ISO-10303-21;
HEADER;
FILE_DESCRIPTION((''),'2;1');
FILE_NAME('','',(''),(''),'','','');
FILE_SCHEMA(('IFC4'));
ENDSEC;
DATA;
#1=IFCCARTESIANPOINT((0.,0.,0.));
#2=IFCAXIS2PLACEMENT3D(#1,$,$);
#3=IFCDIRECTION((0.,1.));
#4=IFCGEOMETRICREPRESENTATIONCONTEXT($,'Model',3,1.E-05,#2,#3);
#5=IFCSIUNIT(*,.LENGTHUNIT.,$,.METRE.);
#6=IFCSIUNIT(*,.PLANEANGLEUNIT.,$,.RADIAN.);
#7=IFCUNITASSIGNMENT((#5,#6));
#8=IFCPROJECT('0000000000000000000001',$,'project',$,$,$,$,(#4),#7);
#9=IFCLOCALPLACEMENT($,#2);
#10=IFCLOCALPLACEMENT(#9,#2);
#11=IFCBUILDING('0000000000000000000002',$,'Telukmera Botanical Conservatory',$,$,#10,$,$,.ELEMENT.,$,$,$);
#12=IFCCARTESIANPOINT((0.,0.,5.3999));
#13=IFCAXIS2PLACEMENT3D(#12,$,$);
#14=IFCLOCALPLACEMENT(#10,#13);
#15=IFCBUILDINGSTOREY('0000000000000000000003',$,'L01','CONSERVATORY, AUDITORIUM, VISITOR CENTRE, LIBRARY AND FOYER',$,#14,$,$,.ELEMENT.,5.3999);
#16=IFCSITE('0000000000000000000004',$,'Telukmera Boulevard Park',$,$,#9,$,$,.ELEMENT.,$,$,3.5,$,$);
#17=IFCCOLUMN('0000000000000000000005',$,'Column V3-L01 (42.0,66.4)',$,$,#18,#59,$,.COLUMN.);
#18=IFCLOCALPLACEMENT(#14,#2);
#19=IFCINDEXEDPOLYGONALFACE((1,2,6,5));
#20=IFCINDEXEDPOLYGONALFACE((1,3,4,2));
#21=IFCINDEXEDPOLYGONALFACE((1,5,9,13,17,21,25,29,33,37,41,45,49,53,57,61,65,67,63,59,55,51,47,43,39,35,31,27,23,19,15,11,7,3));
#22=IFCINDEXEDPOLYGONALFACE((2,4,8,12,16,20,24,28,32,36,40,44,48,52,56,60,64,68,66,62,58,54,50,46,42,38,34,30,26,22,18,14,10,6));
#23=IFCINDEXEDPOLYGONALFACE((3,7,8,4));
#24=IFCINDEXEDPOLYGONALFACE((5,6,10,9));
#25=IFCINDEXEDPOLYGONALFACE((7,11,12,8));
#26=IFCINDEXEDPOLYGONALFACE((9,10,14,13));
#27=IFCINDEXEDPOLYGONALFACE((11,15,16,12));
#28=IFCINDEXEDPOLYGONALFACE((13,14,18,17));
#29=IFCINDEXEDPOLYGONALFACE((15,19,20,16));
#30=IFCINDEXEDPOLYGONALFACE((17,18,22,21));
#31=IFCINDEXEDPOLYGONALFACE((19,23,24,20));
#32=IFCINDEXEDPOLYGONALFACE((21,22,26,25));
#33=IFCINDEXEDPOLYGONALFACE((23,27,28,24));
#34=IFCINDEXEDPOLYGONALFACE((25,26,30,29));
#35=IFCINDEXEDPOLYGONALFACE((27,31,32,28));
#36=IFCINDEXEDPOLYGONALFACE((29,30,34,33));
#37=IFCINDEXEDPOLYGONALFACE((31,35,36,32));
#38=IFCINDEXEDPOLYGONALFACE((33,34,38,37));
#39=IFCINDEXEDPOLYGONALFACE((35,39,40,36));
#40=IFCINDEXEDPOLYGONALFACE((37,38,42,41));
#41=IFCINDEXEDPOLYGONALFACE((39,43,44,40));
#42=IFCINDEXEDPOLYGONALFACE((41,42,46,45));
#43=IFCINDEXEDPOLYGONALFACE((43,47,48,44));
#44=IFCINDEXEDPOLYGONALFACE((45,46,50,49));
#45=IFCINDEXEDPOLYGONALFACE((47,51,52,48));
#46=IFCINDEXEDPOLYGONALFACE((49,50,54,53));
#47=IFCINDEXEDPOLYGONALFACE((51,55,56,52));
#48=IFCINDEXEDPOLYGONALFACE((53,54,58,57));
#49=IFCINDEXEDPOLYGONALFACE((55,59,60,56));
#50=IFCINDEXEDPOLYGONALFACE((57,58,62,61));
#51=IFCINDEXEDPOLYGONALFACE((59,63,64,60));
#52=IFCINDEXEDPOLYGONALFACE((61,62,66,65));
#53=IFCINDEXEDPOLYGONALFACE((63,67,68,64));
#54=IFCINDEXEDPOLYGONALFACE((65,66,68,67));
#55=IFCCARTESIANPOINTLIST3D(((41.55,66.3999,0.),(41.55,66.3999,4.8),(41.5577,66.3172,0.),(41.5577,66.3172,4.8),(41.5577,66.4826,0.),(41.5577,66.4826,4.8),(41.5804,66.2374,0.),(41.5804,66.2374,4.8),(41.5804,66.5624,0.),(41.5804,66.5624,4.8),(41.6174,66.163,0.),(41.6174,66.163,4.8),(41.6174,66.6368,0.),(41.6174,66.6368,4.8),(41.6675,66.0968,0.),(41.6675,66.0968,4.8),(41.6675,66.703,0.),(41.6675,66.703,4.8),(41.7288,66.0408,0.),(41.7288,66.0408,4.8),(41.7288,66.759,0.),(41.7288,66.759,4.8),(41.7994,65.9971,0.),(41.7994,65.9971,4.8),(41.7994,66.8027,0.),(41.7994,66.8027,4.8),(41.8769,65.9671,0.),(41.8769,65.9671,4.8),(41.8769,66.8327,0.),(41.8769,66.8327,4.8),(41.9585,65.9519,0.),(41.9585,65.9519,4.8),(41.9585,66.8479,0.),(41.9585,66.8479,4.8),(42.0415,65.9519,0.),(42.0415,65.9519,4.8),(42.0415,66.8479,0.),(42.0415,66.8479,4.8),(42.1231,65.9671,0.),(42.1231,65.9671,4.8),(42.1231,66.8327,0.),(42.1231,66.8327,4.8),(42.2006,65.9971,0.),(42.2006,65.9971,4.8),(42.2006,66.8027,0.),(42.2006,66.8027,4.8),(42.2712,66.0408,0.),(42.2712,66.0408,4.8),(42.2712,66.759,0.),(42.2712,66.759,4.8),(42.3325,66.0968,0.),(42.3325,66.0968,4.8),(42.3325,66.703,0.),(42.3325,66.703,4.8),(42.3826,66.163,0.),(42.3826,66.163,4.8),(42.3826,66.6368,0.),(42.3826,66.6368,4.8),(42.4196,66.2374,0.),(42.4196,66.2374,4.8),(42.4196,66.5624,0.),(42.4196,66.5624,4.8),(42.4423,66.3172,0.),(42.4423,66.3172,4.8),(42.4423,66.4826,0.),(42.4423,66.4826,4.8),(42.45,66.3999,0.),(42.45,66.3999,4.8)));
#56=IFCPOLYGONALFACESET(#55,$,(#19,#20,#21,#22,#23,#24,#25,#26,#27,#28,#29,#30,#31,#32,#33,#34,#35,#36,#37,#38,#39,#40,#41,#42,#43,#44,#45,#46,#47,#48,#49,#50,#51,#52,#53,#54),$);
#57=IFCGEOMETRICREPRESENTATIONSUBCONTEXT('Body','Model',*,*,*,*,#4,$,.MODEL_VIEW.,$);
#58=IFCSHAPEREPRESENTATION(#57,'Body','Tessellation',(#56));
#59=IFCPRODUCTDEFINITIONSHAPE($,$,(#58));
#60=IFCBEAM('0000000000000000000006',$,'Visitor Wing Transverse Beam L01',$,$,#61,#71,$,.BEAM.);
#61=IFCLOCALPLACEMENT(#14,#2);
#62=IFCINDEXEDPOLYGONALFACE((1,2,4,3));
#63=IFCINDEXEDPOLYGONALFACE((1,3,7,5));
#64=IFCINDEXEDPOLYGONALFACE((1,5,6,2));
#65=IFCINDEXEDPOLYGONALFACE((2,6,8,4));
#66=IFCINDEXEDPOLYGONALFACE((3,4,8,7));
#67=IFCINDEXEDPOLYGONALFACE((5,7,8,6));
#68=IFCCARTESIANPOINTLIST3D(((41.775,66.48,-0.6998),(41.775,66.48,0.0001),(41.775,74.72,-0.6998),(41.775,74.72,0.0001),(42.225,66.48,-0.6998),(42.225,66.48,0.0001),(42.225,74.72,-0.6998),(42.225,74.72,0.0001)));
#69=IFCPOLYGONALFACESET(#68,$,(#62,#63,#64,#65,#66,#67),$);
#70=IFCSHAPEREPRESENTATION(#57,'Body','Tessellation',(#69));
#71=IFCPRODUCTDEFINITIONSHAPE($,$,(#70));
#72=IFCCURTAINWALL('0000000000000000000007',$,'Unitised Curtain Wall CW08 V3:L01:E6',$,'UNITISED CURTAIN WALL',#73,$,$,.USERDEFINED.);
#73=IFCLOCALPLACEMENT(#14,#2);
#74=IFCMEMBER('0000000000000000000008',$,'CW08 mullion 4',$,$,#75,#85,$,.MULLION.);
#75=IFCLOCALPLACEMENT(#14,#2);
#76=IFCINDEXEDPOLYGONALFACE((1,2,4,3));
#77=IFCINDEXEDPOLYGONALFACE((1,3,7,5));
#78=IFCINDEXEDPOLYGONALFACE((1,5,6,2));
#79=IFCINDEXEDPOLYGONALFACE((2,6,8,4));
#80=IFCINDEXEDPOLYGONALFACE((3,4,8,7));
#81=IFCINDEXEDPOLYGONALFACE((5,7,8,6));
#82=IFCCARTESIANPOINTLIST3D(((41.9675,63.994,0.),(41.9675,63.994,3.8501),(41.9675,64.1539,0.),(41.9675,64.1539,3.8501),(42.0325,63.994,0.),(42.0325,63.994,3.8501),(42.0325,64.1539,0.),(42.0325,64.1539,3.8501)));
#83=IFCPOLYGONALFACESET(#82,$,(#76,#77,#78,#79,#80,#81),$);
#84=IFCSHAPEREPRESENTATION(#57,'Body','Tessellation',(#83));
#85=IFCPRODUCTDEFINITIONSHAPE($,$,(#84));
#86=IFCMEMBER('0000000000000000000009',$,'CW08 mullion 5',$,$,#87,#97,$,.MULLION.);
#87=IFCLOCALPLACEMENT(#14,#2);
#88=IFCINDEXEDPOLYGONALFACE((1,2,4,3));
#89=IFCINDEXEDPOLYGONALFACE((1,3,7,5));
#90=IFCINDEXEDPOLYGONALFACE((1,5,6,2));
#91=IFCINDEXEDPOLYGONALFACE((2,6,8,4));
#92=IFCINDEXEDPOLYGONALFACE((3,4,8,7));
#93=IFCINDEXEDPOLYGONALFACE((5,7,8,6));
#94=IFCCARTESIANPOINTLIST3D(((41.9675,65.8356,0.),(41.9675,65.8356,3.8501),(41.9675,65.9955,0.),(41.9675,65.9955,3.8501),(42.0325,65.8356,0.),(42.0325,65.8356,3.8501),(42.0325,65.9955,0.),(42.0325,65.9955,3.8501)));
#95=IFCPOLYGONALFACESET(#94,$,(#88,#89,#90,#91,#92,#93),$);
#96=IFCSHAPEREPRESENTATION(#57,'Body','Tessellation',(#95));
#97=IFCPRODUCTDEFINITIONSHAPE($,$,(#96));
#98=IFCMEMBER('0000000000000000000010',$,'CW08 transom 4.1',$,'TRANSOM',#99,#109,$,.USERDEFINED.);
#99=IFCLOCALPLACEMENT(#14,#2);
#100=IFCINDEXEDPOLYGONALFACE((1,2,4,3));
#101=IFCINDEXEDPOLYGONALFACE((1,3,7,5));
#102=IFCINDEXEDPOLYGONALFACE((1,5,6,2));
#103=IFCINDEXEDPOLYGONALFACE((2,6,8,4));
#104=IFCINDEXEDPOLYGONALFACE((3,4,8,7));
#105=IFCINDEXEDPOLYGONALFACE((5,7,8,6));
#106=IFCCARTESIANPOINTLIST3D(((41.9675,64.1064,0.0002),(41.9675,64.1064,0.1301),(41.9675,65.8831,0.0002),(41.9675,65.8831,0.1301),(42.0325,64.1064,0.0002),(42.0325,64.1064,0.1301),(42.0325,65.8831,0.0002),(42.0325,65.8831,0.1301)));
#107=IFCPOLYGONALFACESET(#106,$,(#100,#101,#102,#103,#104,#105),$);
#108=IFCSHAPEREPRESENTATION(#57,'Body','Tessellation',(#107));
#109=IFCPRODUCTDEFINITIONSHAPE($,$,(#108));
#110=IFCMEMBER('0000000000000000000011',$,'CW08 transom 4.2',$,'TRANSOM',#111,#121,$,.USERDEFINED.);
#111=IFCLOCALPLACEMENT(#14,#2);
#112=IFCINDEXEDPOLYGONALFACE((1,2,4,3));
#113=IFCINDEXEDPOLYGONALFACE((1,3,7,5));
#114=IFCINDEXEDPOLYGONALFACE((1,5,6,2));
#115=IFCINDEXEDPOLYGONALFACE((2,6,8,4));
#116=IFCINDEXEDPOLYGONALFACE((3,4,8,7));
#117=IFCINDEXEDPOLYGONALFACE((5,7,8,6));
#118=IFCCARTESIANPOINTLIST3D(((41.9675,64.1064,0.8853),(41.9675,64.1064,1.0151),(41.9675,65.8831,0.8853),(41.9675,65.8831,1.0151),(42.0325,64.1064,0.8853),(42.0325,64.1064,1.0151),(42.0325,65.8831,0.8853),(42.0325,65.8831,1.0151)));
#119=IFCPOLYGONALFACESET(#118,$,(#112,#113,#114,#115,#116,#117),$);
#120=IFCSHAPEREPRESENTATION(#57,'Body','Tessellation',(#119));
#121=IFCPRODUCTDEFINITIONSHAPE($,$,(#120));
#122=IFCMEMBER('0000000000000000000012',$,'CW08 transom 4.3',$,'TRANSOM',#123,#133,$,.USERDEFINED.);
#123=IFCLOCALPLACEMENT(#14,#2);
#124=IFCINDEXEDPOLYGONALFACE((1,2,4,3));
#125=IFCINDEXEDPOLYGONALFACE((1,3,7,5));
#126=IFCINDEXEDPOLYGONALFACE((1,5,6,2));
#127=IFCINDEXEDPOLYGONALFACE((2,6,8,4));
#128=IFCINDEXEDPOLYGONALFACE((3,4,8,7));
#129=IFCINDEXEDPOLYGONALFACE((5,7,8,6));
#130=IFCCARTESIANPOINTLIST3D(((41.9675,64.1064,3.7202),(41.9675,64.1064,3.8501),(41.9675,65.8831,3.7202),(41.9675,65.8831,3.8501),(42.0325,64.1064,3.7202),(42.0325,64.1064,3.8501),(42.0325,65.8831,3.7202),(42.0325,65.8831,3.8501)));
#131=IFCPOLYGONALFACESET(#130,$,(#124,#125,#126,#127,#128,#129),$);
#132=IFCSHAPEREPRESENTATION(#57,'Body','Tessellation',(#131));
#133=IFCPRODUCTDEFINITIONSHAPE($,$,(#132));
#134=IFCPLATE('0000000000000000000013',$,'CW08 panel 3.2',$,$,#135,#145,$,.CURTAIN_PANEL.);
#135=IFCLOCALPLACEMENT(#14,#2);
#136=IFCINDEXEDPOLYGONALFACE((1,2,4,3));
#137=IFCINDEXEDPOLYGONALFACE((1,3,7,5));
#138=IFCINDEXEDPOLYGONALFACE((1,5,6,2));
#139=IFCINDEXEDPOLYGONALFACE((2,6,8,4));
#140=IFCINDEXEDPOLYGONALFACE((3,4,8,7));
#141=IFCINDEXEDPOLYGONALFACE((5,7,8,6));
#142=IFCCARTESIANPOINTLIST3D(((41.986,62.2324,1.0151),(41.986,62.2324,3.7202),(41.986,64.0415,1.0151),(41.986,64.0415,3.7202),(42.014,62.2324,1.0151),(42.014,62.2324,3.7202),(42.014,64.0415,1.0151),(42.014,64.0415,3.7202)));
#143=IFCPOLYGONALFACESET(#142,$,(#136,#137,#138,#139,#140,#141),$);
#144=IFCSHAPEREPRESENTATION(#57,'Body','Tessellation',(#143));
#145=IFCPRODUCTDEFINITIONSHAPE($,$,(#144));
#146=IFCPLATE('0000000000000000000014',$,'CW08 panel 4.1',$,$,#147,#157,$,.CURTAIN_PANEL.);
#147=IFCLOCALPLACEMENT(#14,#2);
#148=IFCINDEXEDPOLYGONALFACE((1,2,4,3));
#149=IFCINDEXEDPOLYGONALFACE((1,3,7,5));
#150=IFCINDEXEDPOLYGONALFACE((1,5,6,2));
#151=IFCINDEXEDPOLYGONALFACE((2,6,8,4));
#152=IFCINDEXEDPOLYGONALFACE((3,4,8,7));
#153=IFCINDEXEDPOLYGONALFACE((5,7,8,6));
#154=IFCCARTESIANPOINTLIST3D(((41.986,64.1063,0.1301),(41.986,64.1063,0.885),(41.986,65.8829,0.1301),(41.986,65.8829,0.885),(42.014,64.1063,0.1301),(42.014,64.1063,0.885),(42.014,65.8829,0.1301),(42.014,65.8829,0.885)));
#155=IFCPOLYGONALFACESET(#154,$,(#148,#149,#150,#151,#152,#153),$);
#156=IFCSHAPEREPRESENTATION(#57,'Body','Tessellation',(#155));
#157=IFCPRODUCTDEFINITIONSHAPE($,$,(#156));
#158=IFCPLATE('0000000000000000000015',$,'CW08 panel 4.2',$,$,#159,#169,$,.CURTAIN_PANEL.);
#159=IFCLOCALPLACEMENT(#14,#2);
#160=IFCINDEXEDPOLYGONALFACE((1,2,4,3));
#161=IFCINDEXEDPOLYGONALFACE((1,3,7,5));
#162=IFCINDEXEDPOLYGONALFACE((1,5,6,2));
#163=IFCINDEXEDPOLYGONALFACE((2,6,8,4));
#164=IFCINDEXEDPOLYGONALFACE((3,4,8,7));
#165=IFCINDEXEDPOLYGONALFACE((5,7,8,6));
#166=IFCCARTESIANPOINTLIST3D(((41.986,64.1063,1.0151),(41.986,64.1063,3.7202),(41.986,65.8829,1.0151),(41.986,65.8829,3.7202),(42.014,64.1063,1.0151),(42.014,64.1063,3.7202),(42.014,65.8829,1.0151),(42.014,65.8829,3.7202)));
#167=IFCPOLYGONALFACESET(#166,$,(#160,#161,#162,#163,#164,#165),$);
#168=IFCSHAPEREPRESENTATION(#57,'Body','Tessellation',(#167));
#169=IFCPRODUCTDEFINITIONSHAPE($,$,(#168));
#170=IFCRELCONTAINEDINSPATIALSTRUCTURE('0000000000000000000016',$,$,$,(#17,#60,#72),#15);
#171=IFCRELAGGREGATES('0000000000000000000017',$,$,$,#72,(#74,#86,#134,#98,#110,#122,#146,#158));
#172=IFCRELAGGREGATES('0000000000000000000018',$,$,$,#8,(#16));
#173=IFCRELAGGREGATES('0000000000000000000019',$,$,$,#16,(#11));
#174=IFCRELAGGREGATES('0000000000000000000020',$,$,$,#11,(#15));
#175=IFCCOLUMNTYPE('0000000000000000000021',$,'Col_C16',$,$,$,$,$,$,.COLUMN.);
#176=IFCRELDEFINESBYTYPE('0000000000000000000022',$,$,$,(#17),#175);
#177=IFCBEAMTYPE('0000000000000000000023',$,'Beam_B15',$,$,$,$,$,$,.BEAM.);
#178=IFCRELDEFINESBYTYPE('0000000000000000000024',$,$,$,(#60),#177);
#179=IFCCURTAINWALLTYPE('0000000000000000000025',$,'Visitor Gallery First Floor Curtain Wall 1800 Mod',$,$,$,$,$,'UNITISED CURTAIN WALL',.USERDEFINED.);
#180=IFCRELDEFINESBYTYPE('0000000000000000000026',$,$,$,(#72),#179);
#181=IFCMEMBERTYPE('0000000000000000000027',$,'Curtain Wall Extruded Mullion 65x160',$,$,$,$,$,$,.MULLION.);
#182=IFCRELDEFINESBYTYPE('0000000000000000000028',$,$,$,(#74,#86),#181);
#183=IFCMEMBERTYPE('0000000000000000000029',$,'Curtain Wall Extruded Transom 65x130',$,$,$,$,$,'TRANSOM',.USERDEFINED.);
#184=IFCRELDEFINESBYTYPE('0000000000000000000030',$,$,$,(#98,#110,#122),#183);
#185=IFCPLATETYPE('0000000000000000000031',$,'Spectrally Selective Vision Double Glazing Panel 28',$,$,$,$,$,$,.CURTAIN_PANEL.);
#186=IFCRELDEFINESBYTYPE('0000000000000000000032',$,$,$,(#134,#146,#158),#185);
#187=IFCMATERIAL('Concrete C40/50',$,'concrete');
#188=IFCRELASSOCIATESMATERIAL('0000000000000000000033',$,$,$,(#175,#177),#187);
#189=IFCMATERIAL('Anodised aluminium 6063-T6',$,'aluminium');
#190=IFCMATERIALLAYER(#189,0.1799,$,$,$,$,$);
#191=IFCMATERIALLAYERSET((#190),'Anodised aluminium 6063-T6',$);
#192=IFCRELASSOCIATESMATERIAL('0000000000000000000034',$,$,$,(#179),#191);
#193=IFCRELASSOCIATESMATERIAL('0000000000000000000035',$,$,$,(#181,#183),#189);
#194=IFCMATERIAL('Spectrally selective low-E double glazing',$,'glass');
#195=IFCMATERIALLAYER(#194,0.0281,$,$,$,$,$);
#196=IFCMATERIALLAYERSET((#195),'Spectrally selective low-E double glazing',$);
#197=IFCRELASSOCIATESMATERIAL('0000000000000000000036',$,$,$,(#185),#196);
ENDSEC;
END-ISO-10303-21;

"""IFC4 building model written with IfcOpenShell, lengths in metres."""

from ifc_helpers import new_model, si_unit, direction, frame, origin, origin_2d, place, context, subcontext, project, spatial, rectangle, circle, extrude, material, layer, layer_set, material_profile, profile_set, type_object, element, aggregate, save


model = new_model("IFC4")

# Units and contexts
model_context = context("Model", 3, precision=1e-05, world=origin(), true_north=direction((0.0, 1.0)))
body_context = subcontext(model_context, "Body", "Model", "MODEL_VIEW")
ifc_project = project(units=[si_unit("LENGTHUNIT", "METRE"), si_unit("PLANEANGLEUNIT", "RADIAN")], contexts=[model_context])

# Site, building, storey
site_placement = place(None, origin())
site = spatial("IfcSite", under=ifc_project, at=site_placement, Name="Telukmera Boulevard Park", CompositionType="ELEMENT", RefElevation=3.5)
building_placement = place(site_placement, origin())
building = spatial("IfcBuilding", under=site, at=building_placement, Name="Telukmera Botanical Conservatory", CompositionType="ELEMENT")
storey_placement = place(building_placement, frame((0.0, 0.0, 5.3999)))
storey = spatial("IfcBuildingStorey", under=building, at=storey_placement, Name="L01", Description="CONSERVATORY, AUDITORIUM, VISITOR CENTRE, LIBRARY AND FOYER", CompositionType="ELEMENT", Elevation=5.3999)

# Column
ifc_material_1 = material(Name="Concrete C40/50", Category="concrete")
ifc_material_profile_1 = material_profile(ifc_material_1, circle(Radius=0.45, at=origin_2d()), Name="RC D900")
ifc_profile_set_1 = profile_set([ifc_material_profile_1], Name="Concrete C40/50")
column_type = type_object("IfcColumnType", Name="Col_C16", PredefinedType="COLUMN", material=ifc_profile_set_1)
column_placement = place(storey_placement, frame((42.0, 66.3999, 0.0), z_axis=(0.0, 0.0, 1.0), x_axis=(1.0, 0.0, 0.0)))
element("IfcColumn", 1, at=column_placement, inside=storey, type_object=column_type, Name="Column V3-L01 (42.0,66.4)", PredefinedType="COLUMN", context=body_context, shape_type="SweptSolid", body=[
    extrude(circle(Radius=0.45, at=origin_2d()), origin(), (0.0, 0.0, 1.0), 4.8),
])

# Beam
ifc_material_profile_2 = material_profile(ifc_material_1, rectangle(XDim=0.45, YDim=0.7, at=origin_2d()), Name="RC 450x700")
ifc_profile_set_2 = profile_set([ifc_material_profile_2], Name="Concrete C40/50")
beam_type = type_object("IfcBeamType", Name="Beam_B15", PredefinedType="BEAM", material=ifc_profile_set_2)
beam_placement = place(storey_placement, frame((42.0, 66.48, -0.3499), z_axis=(0.0, 1.0, 0.0), x_axis=(-1.0, 0.0, 0.0)))
element("IfcBeam", 2, at=beam_placement, inside=storey, type_object=beam_type, Name="Visitor Wing Transverse Beam L01", PredefinedType="BEAM", context=body_context, shape_type="SweptSolid", body=[
    extrude(rectangle(XDim=0.45, YDim=0.7, at=origin_2d()), origin(), (0.0, 0.0, 1.0), 8.24),
])

# Curtain wall, members, plates
ifc_material_2 = material(Name="Anodised aluminium 6063-T6", Category="aluminium")
ifc_layer_1 = layer(ifc_material_2, 0.1799)
ifc_layer_set_1 = layer_set([ifc_layer_1], Name="Anodised aluminium 6063-T6")
curtain_wall_type = type_object("IfcCurtainWallType", Name="Visitor Gallery First Floor Curtain Wall 1800 Mod", ElementType="UNITISED CURTAIN WALL", PredefinedType="USERDEFINED", material=ifc_layer_set_1)
curtain_wall_placement = place(storey_placement, origin())
curtain_wall = element("IfcCurtainWall", 3, at=curtain_wall_placement, inside=storey, type_object=curtain_wall_type, Name="Unitised Curtain Wall CW08 V3:L01:E6", ObjectType="UNITISED CURTAIN WALL", PredefinedType="USERDEFINED")
ifc_material_profile_3 = material_profile(ifc_material_2, rectangle(XDim=0.0649, YDim=0.1599, at=origin_2d()), Name="ALU MULL 65x160")
ifc_profile_set_3 = profile_set([ifc_material_profile_3], Name="Anodised aluminium 6063-T6")
member_type_1 = type_object("IfcMemberType", Name="Curtain Wall Extruded Mullion 65x160", PredefinedType="MULLION", material=ifc_profile_set_3)
member_1_placement = place(storey_placement, frame((42.0, 64.074, 0.0), z_axis=(0.0, 0.0, 1.0), x_axis=(-1.0, 0.0, 0.0)))
member_1 = element("IfcMember", 4, at=member_1_placement, type_object=member_type_1, Name="CW08 mullion 4", PredefinedType="MULLION", context=body_context, shape_type="SweptSolid", body=[
    extrude(rectangle(XDim=0.0649, YDim=0.1599, at=origin_2d()), origin(), (0.0, 0.0, 1.0), 3.8501),
])
member_2_placement = place(storey_placement, frame((42.0, 65.9155, 0.0), z_axis=(0.0, 0.0, 1.0), x_axis=(-1.0, 0.0, 0.0)))
member_2 = element("IfcMember", 5, at=member_2_placement, type_object=member_type_1, Name="CW08 mullion 5", PredefinedType="MULLION", context=body_context, shape_type="SweptSolid", body=[
    extrude(rectangle(XDim=0.0649, YDim=0.1599, at=origin_2d()), origin(), (0.0, 0.0, 1.0), 3.8501),
])
ifc_material_profile_4 = material_profile(ifc_material_2, rectangle(XDim=0.0649, YDim=0.1299, at=origin_2d()), Name="ALU TRAN 65x130")
ifc_profile_set_4 = profile_set([ifc_material_profile_4], Name="Anodised aluminium 6063-T6")
member_type_2 = type_object("IfcMemberType", Name="Curtain Wall Extruded Transom 65x130", ElementType="TRANSOM", PredefinedType="USERDEFINED", material=ifc_profile_set_4)
member_3_placement = place(storey_placement, frame((42.0, 64.1064, 0.0652), z_axis=(0.0, 1.0, 0.0), x_axis=(-1.0, 0.0, 0.0)))
member_3 = element("IfcMember", 6, at=member_3_placement, type_object=member_type_2, Name="CW08 transom 4.1", ObjectType="TRANSOM", PredefinedType="USERDEFINED", context=body_context, shape_type="SweptSolid", body=[
    extrude(rectangle(XDim=0.0649, YDim=0.1299, at=origin_2d()), origin(), (0.0, 0.0, 1.0), 1.7766),
])
member_4_placement = place(storey_placement, frame((42.0, 64.1064, 0.9502), z_axis=(0.0, 1.0, 0.0), x_axis=(-1.0, 0.0, 0.0)))
member_4 = element("IfcMember", 7, at=member_4_placement, type_object=member_type_2, Name="CW08 transom 4.2", ObjectType="TRANSOM", PredefinedType="USERDEFINED", context=body_context, shape_type="SweptSolid", body=[
    extrude(rectangle(XDim=0.0649, YDim=0.1299, at=origin_2d()), origin(), (0.0, 0.0, 1.0), 1.7766),
])
member_5_placement = place(storey_placement, frame((42.0, 64.1064, 3.7852), z_axis=(0.0, 1.0, 0.0), x_axis=(-1.0, 0.0, 0.0)))
member_5 = element("IfcMember", 8, at=member_5_placement, type_object=member_type_2, Name="CW08 transom 4.3", ObjectType="TRANSOM", PredefinedType="USERDEFINED", context=body_context, shape_type="SweptSolid", body=[
    extrude(rectangle(XDim=0.0649, YDim=0.1299, at=origin_2d()), origin(), (0.0, 0.0, 1.0), 1.7766),
])
ifc_material_3 = material(Name="Spectrally selective low-E double glazing", Category="glass")
ifc_layer_2 = layer(ifc_material_3, 0.0281)
ifc_layer_set_2 = layer_set([ifc_layer_2], Name="Spectrally selective low-E double glazing")
plate_type = type_object("IfcPlateType", Name="Spectrally Selective Vision Double Glazing Panel 28", PredefinedType="CURTAIN_PANEL", material=ifc_layer_set_2)
plate_1_placement = place(storey_placement, frame((42.0, 63.137, 1.0151), z_axis=(0.0, 0.0, 1.0), x_axis=(0.0, 1.0, 0.0)))
plate_1 = element("IfcPlate", 9, at=plate_1_placement, type_object=plate_type, Name="CW08 panel 3.2", PredefinedType="CURTAIN_PANEL", context=body_context, shape_type="SweptSolid", body=[
    extrude(rectangle(XDim=1.8091, YDim=0.0281, at=origin_2d()), origin(), (0.0, 0.0, 1.0), 2.7051),
])
plate_2_placement = place(storey_placement, frame((42.0, 64.9946, 0.1301), z_axis=(0.0, 0.0, 1.0), x_axis=(0.0, 1.0, 0.0)))
plate_2 = element("IfcPlate", 10, at=plate_2_placement, type_object=plate_type, Name="CW08 panel 4.1", PredefinedType="CURTAIN_PANEL", context=body_context, shape_type="SweptSolid", body=[
    extrude(rectangle(XDim=1.7766, YDim=0.0281, at=origin_2d()), origin(), (0.0, 0.0, 1.0), 0.7549),
])
plate_3_placement = place(storey_placement, frame((42.0, 64.9946, 1.0151), z_axis=(0.0, 0.0, 1.0), x_axis=(0.0, 1.0, 0.0)))
plate_3 = element("IfcPlate", 11, at=plate_3_placement, type_object=plate_type, Name="CW08 panel 4.2", PredefinedType="CURTAIN_PANEL", context=body_context, shape_type="SweptSolid", body=[
    extrude(rectangle(XDim=1.7766, YDim=0.0281, at=origin_2d()), origin(), (0.0, 0.0, 1.0), 2.7051),
])
aggregate(curtain_wall, [member_1, member_2, plate_1, member_3, member_4, member_5, plate_2, plate_3])

save(model, "model.ifc")
